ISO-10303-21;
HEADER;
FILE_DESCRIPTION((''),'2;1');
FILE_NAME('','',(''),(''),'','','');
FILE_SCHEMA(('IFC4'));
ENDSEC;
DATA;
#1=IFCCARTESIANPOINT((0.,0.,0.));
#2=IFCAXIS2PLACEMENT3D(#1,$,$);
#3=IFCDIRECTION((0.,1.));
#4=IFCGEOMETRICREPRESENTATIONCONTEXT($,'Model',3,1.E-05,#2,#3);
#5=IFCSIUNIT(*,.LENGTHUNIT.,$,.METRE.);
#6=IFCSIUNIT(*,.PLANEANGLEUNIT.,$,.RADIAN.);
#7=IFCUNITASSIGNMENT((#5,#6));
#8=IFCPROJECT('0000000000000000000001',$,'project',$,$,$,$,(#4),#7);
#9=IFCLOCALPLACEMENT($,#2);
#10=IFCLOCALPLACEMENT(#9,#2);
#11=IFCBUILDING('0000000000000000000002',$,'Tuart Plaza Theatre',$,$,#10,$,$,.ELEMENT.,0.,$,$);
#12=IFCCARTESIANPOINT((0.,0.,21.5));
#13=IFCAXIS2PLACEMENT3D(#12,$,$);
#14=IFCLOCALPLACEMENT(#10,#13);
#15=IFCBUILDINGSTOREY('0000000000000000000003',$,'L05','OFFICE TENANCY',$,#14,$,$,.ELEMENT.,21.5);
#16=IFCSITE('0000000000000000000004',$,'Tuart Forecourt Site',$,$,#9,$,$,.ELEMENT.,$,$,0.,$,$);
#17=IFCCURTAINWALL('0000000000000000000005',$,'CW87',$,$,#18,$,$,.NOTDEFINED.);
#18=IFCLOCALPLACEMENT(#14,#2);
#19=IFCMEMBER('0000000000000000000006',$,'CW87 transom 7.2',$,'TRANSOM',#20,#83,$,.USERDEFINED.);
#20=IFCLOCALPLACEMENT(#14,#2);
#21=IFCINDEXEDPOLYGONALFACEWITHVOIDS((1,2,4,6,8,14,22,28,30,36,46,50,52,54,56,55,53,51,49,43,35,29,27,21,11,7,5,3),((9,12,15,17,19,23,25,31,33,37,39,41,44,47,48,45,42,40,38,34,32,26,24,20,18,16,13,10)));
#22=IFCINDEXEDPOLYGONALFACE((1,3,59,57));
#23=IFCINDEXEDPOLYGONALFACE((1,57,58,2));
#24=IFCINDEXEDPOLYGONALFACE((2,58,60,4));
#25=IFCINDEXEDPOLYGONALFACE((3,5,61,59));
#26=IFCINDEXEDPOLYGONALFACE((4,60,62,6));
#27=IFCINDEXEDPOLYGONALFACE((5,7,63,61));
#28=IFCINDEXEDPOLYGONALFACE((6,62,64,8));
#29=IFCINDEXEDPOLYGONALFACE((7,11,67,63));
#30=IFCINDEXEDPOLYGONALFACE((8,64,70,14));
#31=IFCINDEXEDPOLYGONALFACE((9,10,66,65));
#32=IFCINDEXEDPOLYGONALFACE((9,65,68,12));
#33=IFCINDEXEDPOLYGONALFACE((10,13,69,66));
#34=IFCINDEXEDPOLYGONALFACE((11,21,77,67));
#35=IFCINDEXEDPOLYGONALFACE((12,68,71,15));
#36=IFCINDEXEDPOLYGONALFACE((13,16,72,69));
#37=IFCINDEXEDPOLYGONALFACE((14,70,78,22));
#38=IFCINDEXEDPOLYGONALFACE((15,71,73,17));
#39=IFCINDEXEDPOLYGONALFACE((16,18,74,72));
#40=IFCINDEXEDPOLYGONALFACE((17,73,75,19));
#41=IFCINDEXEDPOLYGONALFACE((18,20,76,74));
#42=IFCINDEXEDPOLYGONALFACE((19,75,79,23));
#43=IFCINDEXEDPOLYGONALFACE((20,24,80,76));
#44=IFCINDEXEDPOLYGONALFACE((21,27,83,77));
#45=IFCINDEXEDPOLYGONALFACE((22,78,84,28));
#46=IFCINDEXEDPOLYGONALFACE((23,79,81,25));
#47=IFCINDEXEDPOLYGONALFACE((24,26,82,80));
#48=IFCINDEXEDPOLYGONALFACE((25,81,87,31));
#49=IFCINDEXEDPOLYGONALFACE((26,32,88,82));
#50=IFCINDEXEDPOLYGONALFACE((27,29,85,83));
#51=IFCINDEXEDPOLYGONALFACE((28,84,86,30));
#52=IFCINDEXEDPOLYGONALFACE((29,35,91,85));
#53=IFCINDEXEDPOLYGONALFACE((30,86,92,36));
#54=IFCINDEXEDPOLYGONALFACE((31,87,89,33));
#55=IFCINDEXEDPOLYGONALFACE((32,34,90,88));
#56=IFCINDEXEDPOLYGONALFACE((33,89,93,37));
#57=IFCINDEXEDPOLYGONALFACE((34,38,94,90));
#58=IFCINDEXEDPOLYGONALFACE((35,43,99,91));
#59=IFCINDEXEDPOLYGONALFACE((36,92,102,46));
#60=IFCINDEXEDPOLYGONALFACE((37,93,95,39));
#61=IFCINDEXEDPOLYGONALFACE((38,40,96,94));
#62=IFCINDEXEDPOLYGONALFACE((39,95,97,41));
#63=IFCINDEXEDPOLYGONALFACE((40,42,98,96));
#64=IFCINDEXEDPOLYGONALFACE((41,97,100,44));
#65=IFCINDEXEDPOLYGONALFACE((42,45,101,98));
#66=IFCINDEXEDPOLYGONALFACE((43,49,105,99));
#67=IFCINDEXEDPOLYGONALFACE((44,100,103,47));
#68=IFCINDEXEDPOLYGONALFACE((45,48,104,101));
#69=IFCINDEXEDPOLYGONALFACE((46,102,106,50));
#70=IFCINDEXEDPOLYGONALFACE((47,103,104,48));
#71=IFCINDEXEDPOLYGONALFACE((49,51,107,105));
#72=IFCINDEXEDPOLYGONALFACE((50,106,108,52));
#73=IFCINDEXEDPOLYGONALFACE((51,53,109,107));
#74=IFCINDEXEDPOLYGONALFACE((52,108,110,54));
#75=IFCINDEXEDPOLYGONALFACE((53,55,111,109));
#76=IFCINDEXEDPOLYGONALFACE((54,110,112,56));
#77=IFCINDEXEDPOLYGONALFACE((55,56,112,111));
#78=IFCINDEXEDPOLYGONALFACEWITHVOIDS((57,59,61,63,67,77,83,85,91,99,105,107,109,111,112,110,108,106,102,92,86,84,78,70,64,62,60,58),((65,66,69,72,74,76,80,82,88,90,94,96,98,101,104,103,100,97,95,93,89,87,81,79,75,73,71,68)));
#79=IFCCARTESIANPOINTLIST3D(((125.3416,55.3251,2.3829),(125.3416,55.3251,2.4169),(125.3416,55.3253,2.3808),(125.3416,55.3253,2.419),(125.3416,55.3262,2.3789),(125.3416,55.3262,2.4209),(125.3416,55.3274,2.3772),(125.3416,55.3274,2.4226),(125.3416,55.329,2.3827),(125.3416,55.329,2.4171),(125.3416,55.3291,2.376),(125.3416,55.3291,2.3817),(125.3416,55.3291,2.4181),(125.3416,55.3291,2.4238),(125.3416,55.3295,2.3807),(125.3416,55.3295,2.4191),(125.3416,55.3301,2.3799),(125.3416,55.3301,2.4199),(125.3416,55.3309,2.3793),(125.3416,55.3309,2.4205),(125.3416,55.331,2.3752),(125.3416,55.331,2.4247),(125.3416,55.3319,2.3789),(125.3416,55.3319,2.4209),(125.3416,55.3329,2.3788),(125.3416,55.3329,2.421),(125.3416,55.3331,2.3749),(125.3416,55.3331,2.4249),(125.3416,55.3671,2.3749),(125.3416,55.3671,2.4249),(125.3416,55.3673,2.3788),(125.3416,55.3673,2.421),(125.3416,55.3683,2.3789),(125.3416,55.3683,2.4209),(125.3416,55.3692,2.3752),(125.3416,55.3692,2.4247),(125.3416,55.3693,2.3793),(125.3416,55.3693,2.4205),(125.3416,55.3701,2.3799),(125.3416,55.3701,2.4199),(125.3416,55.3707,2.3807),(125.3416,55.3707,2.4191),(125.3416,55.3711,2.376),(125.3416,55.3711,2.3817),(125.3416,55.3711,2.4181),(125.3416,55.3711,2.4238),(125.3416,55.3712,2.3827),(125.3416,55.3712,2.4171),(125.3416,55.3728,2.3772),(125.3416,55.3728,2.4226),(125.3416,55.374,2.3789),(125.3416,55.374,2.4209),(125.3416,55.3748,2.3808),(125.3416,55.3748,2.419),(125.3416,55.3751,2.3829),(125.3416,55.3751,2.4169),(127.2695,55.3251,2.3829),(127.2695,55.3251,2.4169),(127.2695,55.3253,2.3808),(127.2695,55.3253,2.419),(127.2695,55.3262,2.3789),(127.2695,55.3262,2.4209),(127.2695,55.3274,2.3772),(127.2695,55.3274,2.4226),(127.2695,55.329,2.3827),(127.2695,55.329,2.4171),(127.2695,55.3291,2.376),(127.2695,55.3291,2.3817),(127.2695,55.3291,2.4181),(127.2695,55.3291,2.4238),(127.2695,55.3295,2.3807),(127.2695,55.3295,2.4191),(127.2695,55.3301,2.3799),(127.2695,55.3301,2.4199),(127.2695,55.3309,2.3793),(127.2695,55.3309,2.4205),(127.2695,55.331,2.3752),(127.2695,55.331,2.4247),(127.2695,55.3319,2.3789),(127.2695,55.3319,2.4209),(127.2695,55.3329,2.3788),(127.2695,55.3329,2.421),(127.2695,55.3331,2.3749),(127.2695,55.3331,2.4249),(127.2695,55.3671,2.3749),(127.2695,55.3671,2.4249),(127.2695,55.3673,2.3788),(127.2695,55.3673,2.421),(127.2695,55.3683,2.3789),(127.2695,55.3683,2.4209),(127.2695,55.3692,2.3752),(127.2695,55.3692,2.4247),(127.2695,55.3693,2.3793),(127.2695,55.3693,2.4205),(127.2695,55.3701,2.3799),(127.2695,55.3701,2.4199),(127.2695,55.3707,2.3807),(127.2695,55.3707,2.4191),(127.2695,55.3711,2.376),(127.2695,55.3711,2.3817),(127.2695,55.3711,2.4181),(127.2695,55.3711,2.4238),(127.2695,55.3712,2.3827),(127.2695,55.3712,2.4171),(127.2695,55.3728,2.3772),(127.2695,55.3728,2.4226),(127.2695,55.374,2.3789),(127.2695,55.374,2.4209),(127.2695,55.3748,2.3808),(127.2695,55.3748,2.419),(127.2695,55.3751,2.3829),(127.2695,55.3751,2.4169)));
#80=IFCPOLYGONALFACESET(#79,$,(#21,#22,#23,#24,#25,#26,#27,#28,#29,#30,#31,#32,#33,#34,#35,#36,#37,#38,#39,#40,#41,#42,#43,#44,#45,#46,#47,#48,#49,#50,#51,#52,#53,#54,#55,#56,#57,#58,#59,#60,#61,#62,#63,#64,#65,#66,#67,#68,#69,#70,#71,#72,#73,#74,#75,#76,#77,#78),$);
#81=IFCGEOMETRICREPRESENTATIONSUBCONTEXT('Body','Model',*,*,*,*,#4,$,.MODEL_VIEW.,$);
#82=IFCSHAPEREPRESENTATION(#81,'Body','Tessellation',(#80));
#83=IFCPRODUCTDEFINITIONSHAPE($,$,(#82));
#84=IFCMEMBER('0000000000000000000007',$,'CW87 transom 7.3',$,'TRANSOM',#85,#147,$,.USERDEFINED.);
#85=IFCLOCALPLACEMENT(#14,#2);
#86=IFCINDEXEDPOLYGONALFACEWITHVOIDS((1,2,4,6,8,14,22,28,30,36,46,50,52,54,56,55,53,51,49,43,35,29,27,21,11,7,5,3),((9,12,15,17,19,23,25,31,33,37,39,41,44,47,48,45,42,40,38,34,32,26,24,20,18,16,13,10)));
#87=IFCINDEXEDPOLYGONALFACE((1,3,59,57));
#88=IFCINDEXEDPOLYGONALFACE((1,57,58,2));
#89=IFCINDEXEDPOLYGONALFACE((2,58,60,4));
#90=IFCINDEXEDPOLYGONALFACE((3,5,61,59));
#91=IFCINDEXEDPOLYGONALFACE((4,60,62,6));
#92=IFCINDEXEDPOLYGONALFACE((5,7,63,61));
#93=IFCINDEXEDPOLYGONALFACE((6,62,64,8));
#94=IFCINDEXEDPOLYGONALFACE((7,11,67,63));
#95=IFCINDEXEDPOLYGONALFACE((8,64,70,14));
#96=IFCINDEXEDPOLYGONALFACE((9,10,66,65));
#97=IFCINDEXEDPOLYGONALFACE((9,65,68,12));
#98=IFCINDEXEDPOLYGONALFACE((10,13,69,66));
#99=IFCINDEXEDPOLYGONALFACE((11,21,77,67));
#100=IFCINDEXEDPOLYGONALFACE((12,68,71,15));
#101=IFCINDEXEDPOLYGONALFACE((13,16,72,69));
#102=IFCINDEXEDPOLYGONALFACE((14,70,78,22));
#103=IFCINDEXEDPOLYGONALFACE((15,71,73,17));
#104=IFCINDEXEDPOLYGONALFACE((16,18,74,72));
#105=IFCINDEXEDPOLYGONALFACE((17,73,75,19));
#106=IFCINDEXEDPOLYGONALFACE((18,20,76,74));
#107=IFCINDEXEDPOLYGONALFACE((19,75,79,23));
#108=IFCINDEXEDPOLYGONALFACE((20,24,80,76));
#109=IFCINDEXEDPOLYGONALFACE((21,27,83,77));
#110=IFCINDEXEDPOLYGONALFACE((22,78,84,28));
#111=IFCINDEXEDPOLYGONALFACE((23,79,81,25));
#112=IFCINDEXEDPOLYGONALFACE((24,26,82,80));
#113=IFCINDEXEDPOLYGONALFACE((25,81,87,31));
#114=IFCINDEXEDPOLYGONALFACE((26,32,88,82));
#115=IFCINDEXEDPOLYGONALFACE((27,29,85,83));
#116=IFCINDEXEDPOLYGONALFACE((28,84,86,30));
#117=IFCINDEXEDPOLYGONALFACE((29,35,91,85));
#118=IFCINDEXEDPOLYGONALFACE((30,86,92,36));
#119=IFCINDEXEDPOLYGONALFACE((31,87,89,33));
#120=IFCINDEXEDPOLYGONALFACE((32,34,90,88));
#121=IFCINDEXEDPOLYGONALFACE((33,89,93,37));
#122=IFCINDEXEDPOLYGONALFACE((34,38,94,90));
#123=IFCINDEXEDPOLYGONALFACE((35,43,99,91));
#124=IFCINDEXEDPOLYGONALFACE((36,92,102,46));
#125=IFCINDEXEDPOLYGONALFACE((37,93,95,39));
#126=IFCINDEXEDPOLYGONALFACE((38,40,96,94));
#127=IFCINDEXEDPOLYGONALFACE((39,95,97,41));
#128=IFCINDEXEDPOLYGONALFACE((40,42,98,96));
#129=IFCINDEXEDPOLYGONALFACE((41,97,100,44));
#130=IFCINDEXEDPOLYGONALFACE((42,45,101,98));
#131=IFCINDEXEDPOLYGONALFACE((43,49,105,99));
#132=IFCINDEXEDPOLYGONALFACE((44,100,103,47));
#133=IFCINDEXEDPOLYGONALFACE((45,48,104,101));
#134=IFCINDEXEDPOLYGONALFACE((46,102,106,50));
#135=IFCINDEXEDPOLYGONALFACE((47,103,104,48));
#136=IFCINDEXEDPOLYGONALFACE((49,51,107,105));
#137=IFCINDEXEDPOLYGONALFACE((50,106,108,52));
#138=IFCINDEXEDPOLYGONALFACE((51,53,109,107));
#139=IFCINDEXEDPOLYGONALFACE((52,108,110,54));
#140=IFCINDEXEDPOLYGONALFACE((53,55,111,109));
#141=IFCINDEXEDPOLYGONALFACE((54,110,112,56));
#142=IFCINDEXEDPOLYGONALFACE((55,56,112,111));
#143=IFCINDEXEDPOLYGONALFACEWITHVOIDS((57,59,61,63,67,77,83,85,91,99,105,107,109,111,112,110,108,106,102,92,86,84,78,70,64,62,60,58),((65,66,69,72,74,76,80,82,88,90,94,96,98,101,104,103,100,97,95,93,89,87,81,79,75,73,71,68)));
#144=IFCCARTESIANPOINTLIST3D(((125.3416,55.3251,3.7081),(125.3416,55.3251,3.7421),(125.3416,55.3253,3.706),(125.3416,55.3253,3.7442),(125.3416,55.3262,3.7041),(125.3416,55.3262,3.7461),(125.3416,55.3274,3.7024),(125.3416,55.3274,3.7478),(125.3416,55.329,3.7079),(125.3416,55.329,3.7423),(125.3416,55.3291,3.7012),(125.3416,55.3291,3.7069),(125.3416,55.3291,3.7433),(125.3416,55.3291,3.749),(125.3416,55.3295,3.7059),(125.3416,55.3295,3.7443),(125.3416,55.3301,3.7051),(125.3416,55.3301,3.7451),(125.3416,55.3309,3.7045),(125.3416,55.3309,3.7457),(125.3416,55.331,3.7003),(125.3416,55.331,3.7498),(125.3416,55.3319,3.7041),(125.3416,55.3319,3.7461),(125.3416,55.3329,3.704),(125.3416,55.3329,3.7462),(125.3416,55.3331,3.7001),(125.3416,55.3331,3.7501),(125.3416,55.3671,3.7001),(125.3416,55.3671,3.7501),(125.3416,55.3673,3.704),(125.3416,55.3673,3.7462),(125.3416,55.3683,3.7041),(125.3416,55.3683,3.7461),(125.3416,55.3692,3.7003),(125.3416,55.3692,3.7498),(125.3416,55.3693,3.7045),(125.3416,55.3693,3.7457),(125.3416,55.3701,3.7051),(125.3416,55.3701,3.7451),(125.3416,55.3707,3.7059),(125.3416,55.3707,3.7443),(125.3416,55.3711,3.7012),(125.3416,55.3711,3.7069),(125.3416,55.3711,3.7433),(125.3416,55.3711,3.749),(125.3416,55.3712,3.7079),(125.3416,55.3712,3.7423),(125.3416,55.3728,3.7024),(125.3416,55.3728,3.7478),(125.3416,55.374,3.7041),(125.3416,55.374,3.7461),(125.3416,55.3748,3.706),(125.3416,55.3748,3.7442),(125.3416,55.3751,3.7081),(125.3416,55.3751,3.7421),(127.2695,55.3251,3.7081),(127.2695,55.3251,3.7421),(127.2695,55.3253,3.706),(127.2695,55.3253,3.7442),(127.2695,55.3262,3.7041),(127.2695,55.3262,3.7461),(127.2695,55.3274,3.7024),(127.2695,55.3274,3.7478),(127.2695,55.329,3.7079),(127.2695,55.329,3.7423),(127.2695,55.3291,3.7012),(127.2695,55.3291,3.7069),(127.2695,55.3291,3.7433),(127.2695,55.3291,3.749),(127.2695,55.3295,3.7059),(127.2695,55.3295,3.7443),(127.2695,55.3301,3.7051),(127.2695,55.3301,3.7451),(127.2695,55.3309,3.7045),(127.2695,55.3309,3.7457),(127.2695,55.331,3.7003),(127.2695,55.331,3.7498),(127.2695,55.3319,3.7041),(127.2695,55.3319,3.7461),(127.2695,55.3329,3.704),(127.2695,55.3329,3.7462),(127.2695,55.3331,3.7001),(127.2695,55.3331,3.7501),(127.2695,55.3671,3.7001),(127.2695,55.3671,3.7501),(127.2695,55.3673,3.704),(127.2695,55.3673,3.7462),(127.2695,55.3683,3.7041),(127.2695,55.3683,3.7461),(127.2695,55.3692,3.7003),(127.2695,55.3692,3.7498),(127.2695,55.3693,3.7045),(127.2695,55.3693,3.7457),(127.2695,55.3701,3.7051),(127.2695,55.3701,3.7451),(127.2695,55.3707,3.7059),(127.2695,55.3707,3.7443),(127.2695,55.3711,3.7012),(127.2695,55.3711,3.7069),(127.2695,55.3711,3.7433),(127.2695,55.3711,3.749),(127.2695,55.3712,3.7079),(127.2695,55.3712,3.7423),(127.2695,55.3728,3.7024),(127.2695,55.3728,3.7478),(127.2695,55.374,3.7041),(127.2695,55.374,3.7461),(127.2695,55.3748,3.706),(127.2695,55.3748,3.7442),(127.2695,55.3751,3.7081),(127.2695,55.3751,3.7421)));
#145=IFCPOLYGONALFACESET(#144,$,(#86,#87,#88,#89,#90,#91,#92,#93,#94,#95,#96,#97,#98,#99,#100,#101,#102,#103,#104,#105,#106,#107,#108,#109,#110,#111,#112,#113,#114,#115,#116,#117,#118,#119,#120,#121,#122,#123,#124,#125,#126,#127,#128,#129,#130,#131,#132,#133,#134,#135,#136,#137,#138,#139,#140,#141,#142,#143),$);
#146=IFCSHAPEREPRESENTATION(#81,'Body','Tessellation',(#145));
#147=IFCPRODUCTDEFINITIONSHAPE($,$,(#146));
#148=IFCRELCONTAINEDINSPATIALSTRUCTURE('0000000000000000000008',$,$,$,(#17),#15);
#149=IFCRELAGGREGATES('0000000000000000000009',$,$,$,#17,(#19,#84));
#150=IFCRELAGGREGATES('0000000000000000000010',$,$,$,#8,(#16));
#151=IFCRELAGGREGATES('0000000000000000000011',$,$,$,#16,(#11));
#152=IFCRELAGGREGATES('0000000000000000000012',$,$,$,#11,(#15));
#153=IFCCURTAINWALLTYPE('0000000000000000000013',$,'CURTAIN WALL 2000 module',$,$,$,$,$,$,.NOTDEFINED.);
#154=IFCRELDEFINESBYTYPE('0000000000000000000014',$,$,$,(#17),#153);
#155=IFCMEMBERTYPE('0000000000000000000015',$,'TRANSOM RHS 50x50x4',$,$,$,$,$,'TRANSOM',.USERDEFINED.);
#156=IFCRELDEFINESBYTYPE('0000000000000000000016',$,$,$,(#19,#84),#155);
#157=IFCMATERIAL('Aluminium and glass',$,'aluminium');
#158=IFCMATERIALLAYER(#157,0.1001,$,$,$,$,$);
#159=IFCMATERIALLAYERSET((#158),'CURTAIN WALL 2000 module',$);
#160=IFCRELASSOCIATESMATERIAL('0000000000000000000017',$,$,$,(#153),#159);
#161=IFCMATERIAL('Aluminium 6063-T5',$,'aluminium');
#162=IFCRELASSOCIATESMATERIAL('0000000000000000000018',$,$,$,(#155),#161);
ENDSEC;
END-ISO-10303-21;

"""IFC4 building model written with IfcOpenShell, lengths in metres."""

from ifc_helpers import new_model, si_unit, direction, frame, origin, origin_2d, place, context, subcontext, project, spatial, hollow_rectangle, extrude, material, layer, layer_set, material_profile, profile_set, type_object, element, aggregate, save


model = new_model("IFC4")

# Units and contexts
model_context = context("Model", 3, precision=1e-05, world=origin(), true_north=direction((0.0, 1.0)))
body_context = subcontext(model_context, "Body", "Model", "MODEL_VIEW")
ifc_project = project(units=[si_unit("LENGTHUNIT", "METRE"), si_unit("PLANEANGLEUNIT", "RADIAN")], contexts=[model_context])

# Site, building, storey
site_placement = place(None, origin())
site = spatial("IfcSite", under=ifc_project, at=site_placement, Name="Tuart Forecourt Site", CompositionType="ELEMENT", RefElevation=0.0)
building_placement = place(site_placement, origin())
building = spatial("IfcBuilding", under=site, at=building_placement, Name="Tuart Plaza Theatre", CompositionType="ELEMENT", ElevationOfRefHeight=0.0)
storey_placement = place(building_placement, frame((0.0, 0.0, 21.5)))
storey = spatial("IfcBuildingStorey", under=building, at=storey_placement, Name="L05", Description="OFFICE TENANCY", CompositionType="ELEMENT", Elevation=21.5)

# Shared definitions
ifc_material_1 = material(Name="Aluminium and glass", Category="aluminium")
ifc_layer_1 = layer(ifc_material_1, 0.1001)
ifc_layer_set_1 = layer_set([ifc_layer_1], Name="CURTAIN WALL 2000 module")
curtain_wall_type = type_object("IfcCurtainWallType", Name="CURTAIN WALL 2000 module", PredefinedType="NOTDEFINED", material=ifc_layer_set_1)

# Curtain wall
curtain_wall_1_placement = place(storey_placement, origin())
curtain_wall_1 = element("IfcCurtainWall", 1, at=curtain_wall_1_placement, inside=storey, type_object=curtain_wall_type, Name="CW87", PredefinedType="NOTDEFINED")

# Members
ifc_material_2 = material(Name="Aluminium 6063-T5", Category="aluminium")
ifc_material_profile_1 = material_profile(ifc_material_2, hollow_rectangle(XDim=0.05, YDim=0.05, WallThickness=0.0039, InnerFilletRadius=0.0039, OuterFilletRadius=0.0081, at=origin_2d()), Name="RHS 50x50x4")
ifc_profile_set_1 = profile_set([ifc_material_profile_1], Name="Aluminium 6063-T5")
member_type_1 = type_object("IfcMemberType", Name="TRANSOM RHS 50x50x4", ElementType="TRANSOM", PredefinedType="USERDEFINED", material=ifc_profile_set_1)
member_1_placement = place(storey_placement, frame((125.3416, 55.3501, 2.3999), z_axis=(1.0, 0.0, 0.0), x_axis=(0.0, 1.0, 0.0)))
member_1 = element("IfcMember", 2, at=member_1_placement, type_object=member_type_1, Name="CW87 transom 7.2", ObjectType="TRANSOM", PredefinedType="USERDEFINED", context=body_context, shape_type="SweptSolid", body=[
    extrude(hollow_rectangle(XDim=0.05, YDim=0.05, WallThickness=0.0039, InnerFilletRadius=0.0039, OuterFilletRadius=0.0081, at=origin_2d()), origin(), (0.0, 0.0, 1.0), 1.928),
])
member_2_placement = place(storey_placement, frame((125.3416, 55.3501, 3.7251), z_axis=(1.0, 0.0, 0.0), x_axis=(0.0, 1.0, 0.0)))
member_2 = element("IfcMember", 3, at=member_2_placement, type_object=member_type_1, Name="CW87 transom 7.3", ObjectType="TRANSOM", PredefinedType="USERDEFINED", context=body_context, shape_type="SweptSolid", body=[
    extrude(hollow_rectangle(XDim=0.05, YDim=0.05, WallThickness=0.0039, InnerFilletRadius=0.0039, OuterFilletRadius=0.0081, at=origin_2d()), origin(), (0.0, 0.0, 1.0), 1.928),
])

aggregate(curtain_wall_1, [member_1, member_2])

save(model, "model.ifc")
